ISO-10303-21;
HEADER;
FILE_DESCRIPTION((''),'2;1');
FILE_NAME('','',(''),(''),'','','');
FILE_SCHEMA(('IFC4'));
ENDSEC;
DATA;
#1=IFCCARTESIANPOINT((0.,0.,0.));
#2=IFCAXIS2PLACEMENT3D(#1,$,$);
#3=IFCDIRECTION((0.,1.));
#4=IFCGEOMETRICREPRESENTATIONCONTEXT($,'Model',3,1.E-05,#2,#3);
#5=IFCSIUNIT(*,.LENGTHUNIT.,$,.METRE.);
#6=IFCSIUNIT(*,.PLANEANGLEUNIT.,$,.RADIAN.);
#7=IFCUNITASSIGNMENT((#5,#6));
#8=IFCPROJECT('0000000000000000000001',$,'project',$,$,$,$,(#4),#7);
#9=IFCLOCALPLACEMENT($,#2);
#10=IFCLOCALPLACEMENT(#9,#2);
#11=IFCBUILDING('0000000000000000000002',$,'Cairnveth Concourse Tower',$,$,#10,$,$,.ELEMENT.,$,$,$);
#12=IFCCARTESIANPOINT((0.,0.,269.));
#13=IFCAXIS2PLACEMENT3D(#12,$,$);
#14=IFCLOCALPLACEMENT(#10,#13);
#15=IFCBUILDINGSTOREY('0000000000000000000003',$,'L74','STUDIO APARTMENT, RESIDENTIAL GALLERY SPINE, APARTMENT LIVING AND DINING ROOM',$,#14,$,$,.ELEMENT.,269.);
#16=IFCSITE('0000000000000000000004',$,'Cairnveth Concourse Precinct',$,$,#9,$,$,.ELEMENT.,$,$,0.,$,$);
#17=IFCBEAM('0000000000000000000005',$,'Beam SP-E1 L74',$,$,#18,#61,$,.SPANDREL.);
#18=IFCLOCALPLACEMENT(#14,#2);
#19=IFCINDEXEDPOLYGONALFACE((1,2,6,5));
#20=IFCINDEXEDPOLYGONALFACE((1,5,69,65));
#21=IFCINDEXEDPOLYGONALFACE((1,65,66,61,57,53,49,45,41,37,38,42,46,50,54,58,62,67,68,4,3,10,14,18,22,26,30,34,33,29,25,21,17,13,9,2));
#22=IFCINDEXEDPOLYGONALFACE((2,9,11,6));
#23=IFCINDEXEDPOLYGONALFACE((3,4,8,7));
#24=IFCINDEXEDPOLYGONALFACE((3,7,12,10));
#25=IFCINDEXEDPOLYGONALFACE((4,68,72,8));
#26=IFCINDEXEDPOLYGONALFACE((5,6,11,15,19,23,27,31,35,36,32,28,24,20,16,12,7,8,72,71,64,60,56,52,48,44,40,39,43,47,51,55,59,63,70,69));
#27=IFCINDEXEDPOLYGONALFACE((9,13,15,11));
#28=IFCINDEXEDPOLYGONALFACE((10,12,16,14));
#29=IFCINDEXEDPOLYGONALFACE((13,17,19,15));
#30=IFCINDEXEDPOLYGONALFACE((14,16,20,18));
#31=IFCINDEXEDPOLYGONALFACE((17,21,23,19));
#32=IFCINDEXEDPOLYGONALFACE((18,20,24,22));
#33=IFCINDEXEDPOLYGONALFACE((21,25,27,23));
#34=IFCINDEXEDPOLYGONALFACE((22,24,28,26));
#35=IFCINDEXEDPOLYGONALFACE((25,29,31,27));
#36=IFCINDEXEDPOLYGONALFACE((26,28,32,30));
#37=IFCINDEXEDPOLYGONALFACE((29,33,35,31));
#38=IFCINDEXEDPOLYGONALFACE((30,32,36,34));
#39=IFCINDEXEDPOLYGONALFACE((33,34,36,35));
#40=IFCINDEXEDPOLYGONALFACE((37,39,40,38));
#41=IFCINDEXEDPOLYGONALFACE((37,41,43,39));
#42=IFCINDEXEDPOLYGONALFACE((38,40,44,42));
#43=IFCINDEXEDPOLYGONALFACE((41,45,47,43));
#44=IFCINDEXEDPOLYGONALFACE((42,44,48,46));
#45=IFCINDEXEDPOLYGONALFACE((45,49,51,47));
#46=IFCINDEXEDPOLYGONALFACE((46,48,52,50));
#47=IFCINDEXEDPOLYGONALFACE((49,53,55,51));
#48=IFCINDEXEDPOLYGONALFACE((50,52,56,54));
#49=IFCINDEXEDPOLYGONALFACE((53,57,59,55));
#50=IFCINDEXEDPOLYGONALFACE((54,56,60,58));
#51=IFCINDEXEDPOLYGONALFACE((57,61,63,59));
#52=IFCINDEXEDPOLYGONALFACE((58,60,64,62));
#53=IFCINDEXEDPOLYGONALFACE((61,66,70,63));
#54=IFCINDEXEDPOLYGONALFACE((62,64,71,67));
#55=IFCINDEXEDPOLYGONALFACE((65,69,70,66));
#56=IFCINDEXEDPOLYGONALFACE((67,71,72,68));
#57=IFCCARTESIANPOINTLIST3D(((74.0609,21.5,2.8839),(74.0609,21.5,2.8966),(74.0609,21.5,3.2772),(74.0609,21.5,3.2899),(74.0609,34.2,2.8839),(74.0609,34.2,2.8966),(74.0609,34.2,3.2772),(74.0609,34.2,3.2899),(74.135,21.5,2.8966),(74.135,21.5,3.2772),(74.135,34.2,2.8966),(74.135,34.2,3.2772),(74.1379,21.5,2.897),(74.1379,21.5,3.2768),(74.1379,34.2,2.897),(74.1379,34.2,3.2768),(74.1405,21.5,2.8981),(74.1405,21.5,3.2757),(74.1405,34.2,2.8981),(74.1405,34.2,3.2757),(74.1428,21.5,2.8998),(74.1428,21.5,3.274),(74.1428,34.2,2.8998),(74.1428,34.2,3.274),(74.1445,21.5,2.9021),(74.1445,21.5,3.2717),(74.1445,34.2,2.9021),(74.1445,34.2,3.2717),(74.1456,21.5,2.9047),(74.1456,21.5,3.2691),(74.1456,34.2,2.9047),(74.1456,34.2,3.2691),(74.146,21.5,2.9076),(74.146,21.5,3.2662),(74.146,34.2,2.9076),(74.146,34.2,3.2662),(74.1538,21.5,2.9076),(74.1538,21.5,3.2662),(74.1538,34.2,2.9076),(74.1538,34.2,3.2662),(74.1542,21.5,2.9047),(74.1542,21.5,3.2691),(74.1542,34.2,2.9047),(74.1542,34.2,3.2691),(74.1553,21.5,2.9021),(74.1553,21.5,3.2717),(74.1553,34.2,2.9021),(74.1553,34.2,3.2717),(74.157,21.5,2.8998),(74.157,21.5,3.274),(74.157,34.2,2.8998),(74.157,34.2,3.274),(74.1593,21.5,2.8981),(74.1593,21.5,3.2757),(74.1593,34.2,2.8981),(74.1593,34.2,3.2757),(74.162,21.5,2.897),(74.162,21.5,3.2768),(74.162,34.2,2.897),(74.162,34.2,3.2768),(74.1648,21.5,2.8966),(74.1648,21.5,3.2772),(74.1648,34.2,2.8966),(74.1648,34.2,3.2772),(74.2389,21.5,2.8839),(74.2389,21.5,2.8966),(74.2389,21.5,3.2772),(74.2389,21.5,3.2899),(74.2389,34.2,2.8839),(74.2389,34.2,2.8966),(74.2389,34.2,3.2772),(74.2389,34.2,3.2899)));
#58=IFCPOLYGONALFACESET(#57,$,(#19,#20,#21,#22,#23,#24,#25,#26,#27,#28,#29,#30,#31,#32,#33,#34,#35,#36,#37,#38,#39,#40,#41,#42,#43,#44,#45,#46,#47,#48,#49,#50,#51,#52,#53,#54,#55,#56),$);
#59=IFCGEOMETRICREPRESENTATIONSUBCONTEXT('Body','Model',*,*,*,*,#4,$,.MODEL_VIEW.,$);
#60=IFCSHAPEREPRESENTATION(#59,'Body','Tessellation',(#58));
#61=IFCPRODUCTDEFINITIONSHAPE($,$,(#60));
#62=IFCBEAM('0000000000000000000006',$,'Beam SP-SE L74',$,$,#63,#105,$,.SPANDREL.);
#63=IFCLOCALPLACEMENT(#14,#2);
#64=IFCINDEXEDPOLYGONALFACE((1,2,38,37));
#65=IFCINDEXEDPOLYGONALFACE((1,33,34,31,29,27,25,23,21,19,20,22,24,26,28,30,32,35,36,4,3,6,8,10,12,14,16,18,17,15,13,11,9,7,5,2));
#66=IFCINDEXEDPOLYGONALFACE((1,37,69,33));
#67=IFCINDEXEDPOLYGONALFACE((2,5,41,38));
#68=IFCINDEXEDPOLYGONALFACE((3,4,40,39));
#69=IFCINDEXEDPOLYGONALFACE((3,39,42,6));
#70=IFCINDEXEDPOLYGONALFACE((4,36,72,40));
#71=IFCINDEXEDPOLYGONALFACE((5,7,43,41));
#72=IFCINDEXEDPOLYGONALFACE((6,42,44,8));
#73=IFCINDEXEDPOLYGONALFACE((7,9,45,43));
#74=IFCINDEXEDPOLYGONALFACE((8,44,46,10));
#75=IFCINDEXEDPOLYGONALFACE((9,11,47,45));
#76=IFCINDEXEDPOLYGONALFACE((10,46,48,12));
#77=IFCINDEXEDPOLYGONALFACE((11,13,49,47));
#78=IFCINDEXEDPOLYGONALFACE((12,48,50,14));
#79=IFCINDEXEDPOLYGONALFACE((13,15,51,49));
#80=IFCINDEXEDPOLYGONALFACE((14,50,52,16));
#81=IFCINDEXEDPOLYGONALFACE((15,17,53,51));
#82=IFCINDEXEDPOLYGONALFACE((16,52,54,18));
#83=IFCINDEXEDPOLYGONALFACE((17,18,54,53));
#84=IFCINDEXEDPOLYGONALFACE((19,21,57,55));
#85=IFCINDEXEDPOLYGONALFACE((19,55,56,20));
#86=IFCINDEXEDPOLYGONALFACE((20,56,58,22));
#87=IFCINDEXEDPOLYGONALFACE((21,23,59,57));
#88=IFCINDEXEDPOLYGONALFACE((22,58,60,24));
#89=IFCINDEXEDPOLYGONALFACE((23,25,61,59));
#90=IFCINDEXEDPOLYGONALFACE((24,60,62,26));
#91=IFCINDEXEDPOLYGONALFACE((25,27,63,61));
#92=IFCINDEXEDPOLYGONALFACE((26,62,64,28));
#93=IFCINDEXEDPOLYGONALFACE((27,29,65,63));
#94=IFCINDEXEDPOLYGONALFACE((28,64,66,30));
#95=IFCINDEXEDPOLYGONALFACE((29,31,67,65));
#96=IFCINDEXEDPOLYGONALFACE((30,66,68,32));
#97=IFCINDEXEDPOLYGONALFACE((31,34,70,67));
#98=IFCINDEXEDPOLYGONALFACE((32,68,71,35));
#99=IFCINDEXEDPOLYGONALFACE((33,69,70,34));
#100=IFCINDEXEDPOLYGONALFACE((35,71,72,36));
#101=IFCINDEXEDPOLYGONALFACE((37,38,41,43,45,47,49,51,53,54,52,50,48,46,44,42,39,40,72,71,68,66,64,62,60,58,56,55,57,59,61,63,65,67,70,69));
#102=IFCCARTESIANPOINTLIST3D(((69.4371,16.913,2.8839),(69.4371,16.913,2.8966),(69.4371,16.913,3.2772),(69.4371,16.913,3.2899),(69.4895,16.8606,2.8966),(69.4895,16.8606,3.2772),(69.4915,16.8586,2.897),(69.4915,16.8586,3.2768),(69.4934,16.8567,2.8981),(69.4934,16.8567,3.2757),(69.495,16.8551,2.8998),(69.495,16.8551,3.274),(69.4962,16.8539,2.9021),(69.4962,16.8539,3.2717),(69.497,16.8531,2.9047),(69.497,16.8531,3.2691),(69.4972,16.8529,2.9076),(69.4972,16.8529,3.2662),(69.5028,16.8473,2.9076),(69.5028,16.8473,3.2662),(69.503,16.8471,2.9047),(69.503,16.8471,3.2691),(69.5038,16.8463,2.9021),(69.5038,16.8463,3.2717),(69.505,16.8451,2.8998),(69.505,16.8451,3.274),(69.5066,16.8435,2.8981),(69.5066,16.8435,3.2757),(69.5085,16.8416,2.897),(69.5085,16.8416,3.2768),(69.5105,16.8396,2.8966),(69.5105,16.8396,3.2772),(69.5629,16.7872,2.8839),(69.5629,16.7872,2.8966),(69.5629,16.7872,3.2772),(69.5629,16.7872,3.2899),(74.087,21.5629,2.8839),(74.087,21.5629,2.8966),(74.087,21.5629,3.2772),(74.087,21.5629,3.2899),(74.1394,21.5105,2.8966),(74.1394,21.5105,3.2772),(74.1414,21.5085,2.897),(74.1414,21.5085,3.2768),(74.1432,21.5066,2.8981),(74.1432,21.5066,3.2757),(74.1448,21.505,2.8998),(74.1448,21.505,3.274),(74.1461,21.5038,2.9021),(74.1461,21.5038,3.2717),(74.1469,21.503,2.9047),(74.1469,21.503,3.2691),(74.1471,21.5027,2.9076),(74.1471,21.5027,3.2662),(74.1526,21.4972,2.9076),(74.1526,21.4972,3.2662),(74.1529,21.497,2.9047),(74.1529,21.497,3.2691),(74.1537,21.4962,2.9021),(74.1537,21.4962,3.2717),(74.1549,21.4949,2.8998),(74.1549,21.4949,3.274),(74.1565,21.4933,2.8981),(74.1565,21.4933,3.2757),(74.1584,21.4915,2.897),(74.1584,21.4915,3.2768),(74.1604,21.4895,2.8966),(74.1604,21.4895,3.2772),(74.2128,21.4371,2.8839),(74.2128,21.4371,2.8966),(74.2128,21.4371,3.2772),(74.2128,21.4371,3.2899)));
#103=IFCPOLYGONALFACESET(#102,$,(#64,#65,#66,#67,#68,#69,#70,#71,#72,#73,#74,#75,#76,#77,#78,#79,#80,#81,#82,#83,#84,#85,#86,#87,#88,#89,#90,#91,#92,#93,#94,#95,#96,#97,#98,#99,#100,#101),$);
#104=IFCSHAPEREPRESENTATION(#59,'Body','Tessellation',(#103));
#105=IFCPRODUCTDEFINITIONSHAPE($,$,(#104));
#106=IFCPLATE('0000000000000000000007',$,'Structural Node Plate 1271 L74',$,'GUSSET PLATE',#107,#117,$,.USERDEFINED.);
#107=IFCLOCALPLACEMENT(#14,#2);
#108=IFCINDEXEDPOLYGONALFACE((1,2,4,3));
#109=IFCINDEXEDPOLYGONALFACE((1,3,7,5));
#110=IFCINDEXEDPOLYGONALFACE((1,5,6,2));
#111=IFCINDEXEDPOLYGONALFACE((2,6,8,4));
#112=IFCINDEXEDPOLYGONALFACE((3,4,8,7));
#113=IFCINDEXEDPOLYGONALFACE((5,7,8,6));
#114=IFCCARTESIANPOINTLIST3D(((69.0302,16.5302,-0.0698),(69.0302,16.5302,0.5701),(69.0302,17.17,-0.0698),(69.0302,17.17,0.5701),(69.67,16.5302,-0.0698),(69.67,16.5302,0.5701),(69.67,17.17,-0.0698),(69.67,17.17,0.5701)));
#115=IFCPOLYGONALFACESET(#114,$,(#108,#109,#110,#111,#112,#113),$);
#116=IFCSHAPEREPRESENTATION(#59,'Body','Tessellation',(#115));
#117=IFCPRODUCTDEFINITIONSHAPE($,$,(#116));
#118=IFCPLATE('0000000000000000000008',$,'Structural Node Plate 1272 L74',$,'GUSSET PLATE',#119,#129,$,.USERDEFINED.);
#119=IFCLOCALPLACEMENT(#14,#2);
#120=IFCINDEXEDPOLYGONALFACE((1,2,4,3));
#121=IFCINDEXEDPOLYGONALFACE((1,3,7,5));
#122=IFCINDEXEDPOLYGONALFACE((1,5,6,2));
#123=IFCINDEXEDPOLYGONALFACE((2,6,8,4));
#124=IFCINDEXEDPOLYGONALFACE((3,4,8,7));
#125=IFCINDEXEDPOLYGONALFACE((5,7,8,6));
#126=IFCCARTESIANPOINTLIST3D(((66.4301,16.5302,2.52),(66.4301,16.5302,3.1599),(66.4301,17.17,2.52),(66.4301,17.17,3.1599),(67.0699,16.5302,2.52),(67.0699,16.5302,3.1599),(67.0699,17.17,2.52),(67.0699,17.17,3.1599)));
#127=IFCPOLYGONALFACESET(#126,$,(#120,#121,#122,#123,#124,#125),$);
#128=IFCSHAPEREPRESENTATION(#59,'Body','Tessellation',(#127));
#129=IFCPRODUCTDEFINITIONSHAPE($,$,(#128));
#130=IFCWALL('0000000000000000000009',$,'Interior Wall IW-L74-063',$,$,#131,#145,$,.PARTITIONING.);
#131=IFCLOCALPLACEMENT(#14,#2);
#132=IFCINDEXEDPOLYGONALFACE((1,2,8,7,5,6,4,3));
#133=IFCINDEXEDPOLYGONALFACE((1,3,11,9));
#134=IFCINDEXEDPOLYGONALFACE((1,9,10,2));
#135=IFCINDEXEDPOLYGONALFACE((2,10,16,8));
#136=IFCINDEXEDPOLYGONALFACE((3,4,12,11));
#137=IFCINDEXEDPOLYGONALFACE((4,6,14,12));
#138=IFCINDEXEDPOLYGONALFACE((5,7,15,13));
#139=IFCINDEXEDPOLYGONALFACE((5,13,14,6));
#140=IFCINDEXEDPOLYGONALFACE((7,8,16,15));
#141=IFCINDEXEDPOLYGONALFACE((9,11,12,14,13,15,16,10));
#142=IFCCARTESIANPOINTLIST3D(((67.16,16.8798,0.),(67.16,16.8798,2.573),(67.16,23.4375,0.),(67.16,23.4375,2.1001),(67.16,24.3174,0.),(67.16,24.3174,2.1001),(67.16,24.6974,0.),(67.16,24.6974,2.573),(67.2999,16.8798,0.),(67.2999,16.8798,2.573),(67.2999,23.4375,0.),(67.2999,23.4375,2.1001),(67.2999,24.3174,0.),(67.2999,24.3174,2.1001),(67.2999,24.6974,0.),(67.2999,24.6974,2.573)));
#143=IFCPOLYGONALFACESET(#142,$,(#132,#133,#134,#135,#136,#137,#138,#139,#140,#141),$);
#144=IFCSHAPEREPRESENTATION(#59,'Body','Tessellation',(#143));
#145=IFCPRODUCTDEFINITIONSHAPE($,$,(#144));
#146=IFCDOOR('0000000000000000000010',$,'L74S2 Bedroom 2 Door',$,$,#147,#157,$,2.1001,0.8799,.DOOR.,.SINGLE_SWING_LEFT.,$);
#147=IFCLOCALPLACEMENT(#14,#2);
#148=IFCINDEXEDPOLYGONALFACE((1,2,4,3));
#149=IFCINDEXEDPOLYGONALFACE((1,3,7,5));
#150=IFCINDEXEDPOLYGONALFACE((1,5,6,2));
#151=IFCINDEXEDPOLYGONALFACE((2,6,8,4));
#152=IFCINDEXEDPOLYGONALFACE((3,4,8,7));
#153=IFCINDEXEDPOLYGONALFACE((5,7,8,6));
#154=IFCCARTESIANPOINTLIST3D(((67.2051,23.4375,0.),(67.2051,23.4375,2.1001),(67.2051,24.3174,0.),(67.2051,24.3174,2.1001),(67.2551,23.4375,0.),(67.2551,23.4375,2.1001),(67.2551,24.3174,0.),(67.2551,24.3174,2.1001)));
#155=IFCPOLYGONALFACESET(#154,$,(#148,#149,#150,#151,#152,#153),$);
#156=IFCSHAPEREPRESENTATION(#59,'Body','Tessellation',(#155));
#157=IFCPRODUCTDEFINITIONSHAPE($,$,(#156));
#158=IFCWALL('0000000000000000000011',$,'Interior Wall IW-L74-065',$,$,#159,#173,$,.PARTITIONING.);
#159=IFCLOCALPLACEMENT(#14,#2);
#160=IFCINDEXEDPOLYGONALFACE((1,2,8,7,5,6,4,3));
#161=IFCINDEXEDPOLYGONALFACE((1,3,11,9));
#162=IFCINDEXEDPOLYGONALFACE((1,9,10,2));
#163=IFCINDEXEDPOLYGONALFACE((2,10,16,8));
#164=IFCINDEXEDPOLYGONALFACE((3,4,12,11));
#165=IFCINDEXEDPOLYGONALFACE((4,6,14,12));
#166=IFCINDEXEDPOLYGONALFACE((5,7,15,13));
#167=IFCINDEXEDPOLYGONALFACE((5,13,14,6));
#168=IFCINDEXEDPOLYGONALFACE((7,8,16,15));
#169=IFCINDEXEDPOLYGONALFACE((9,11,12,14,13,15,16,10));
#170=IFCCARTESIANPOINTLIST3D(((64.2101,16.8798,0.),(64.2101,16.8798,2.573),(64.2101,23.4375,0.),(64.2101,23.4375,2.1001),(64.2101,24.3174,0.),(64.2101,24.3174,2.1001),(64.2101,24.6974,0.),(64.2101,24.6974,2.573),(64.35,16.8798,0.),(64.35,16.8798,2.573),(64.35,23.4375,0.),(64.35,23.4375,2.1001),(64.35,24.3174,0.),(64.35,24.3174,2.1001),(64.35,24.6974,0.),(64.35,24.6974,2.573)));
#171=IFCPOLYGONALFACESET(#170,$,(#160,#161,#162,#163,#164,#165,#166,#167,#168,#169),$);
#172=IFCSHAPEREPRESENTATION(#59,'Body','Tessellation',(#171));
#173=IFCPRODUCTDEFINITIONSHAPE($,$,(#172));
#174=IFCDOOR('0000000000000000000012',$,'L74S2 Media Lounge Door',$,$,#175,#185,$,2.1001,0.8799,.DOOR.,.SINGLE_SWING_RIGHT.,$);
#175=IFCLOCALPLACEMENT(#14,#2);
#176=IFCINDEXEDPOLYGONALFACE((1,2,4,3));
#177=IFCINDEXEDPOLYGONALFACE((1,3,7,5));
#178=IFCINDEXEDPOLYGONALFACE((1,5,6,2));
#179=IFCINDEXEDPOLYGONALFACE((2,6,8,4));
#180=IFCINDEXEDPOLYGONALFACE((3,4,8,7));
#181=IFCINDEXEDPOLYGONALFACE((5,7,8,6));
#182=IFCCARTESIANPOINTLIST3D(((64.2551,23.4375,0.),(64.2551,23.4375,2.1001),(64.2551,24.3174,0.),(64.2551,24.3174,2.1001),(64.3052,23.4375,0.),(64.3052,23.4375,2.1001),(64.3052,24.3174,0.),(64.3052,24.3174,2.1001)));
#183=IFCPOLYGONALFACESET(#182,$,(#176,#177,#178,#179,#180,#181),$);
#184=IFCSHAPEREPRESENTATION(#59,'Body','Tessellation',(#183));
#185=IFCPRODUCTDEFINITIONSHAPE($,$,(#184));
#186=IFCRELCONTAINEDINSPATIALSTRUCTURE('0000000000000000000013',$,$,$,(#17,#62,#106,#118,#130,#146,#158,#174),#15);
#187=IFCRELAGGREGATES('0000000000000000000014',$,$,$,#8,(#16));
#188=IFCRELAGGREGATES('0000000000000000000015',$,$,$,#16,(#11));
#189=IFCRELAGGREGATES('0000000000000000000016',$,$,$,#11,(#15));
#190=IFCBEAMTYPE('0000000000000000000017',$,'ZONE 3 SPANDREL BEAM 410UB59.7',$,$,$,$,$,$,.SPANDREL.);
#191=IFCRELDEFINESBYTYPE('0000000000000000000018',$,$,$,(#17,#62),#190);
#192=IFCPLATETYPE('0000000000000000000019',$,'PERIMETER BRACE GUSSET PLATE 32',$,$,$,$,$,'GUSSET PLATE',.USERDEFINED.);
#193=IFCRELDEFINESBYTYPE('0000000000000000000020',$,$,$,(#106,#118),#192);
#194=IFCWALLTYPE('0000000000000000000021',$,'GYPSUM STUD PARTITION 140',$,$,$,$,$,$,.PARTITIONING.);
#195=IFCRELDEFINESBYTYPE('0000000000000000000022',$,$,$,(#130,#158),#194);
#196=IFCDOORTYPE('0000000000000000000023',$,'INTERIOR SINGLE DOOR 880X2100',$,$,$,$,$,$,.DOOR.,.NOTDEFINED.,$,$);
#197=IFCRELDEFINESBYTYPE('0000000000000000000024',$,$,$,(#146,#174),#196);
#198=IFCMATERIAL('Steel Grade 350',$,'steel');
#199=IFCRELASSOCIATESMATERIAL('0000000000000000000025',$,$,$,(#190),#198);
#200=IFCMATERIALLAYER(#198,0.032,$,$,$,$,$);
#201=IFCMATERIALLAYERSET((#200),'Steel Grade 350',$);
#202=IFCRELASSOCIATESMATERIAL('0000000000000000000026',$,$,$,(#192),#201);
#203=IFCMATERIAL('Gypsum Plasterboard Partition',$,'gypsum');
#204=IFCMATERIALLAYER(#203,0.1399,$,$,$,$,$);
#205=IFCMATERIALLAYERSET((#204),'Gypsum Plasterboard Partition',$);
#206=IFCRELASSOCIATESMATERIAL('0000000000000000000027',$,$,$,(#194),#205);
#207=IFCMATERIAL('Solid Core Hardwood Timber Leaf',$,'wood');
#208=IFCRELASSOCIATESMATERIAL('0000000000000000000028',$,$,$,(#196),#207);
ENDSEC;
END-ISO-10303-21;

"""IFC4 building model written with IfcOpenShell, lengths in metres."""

from ifc_helpers import new_model, si_unit, direction, frame, frame_2d, origin, origin_2d, place, context, subcontext, project, spatial, rectangle, i_section, extrude, material, layer, layer_set, material_profile, profile_set, type_object, element, fill, save


model = new_model("IFC4")

# Units and contexts
model_context = context("Model", 3, precision=1e-05, world=origin(), true_north=direction((0.0, 1.0)))
body_context = subcontext(model_context, "Body", "Model", "MODEL_VIEW")
ifc_project = project(units=[si_unit("LENGTHUNIT", "METRE"), si_unit("PLANEANGLEUNIT", "RADIAN")], contexts=[model_context])

# Site, building, storey
site_placement = place(None, origin())
site = spatial("IfcSite", under=ifc_project, at=site_placement, Name="Cairnveth Concourse Precinct", CompositionType="ELEMENT", RefElevation=0.0)
building_placement = place(site_placement, origin())
building = spatial("IfcBuilding", under=site, at=building_placement, Name="Cairnveth Concourse Tower", CompositionType="ELEMENT")
storey_placement = place(building_placement, frame((0.0, 0.0, 269.0)))
storey = spatial("IfcBuildingStorey", under=building, at=storey_placement, Name="L74", Description="STUDIO APARTMENT, RESIDENTIAL GALLERY SPINE, APARTMENT LIVING AND DINING ROOM", CompositionType="ELEMENT", Elevation=269.0)

# Shared definitions
ifc_material_1 = material(Name="Steel Grade 350", Category="steel")

# Beams
ifc_material_profile_1 = material_profile(ifc_material_1, i_section(OverallWidth=0.178, OverallDepth=0.406, WebThickness=0.0078, FlangeThickness=0.0127, FilletRadius=0.011, at=origin_2d()), Name="410UB59.7")
ifc_profile_set_1 = profile_set([ifc_material_profile_1], Name="Steel Grade 350")
beam_type_1 = type_object("IfcBeamType", Name="ZONE 3 SPANDREL BEAM 410UB59.7", PredefinedType="SPANDREL", material=ifc_profile_set_1)
beam_1_placement = place(storey_placement, frame((74.1499, 21.5, 3.0869), z_axis=(0.0, 1.0, 0.0), x_axis=(-1.0, 0.0, 0.0)))
element("IfcBeam", 1, at=beam_1_placement, inside=storey, type_object=beam_type_1, Name="Beam SP-E1 L74", PredefinedType="SPANDREL", context=body_context, shape_type="SweptSolid", body=[
    extrude(i_section(OverallWidth=0.178, OverallDepth=0.406, WebThickness=0.0078, FlangeThickness=0.0127, FilletRadius=0.011, at=origin_2d()), origin(), (0.0, 0.0, 1.0), 12.7),
])
beam_2_placement = place(storey_placement, frame((69.5, 16.8501, 3.0869), z_axis=(0.707107, 0.707107, 0.0), x_axis=(-0.707107, 0.707107, 0.0)))
element("IfcBeam", 2, at=beam_2_placement, inside=storey, type_object=beam_type_1, Name="Beam SP-SE L74", PredefinedType="SPANDREL", context=body_context, shape_type="SweptSolid", body=[
    extrude(i_section(OverallWidth=0.178, OverallDepth=0.406, WebThickness=0.0078, FlangeThickness=0.0127, FilletRadius=0.011, at=origin_2d()), origin(), (0.0, 0.0, 1.0), 6.5759),
])

# Plates
ifc_layer_1 = layer(ifc_material_1, 0.032)
ifc_layer_set_1 = layer_set([ifc_layer_1], Name="Steel Grade 350")
plate_type = type_object("IfcPlateType", Name="PERIMETER BRACE GUSSET PLATE 32", ElementType="GUSSET PLATE", PredefinedType="USERDEFINED", material=ifc_layer_set_1)
for number, where, z_axis, x_axis, name in (
    (3, (69.3501, 16.8501, -0.0698), (0.0, 0.0, 1.0), (1.0, 0.0, 0.0), "Structural Node Plate 1271 L74"),
    (4, (66.75, 16.8501, 2.52), (0.0, 0.0, 1.0), (1.0, 0.0, 0.0), "Structural Node Plate 1272 L74"),
):
    element("IfcPlate", number, at=place(storey_placement, frame(where, z_axis=z_axis, x_axis=x_axis)), inside=storey, type_object=plate_type, Name=name, ObjectType="GUSSET PLATE", PredefinedType="USERDEFINED", context=body_context, shape_type="SweptSolid", body=[
        extrude(rectangle(XDim=0.6399, YDim=0.6399, at=origin_2d()), origin(), (0.0, 0.0, 1.0), 0.6399),
    ])

# Walls, openings, doors
ifc_material_2 = material(Name="Gypsum Plasterboard Partition", Category="gypsum")
ifc_layer_2 = layer(ifc_material_2, 0.1399)
ifc_layer_set_2 = layer_set([ifc_layer_2], Name="Gypsum Plasterboard Partition")
wall_type_1 = type_object("IfcWallType", Name="GYPSUM STUD PARTITION 140", PredefinedType="PARTITIONING", material=ifc_layer_set_2)
wall_1_placement = place(storey_placement, frame((67.23, 16.8799, 0.0), z_axis=(0.0, 0.0, 1.0), x_axis=(0.0, 1.0, 0.0)))
wall_1 = element("IfcWall", 5, at=wall_1_placement, inside=storey, type_object=wall_type_1, Name="Interior Wall IW-L74-063", PredefinedType="PARTITIONING", context=body_context, shape_type="SweptSolid", body=[
    extrude(rectangle(XDim=7.8176, YDim=0.1399, at=frame_2d((3.9087, 0.0))), origin(), (0.0, 0.0, 1.0), 2.573),
])
opening_1_placement = place(wall_1_placement, frame((6.5576, 0.0, 0.0)))
opening_1 = element("IfcOpeningElement", 6, at=opening_1_placement, cuts=wall_1, PredefinedType="OPENING", context=body_context, shape_type="SweptSolid", body=[
    extrude(rectangle(XDim=0.8799, YDim=2.1001, at=frame_2d((0.4399, 1.05))), frame((0.0, 0.0798, 0.0), z_axis=(0.0, -1.0, 0.0), x_axis=(1.0, 0.0, 0.0)), (0.0, 0.0, 1.0), 0.1599),
])
ifc_material_3 = material(Name="Solid Core Hardwood Timber Leaf", Category="wood")
door_type = type_object("IfcDoorType", Name="INTERIOR SINGLE DOOR 880X2100", OperationType="NOTDEFINED", PredefinedType="DOOR", material=ifc_material_3)
door_1_placement = place(opening_1_placement, origin())
door_1 = element("IfcDoor", 7, at=door_1_placement, inside=storey, type_object=door_type, Name="L74S2 Bedroom 2 Door", OperationType="SINGLE_SWING_LEFT", OverallHeight=2.1001, OverallWidth=0.8799, PredefinedType="DOOR", context=body_context, shape_type="SweptSolid", body=[
    extrude(rectangle(XDim=0.8799, YDim=2.1001, at=frame_2d((0.4399, 1.05))), frame((0.0, 0.0249, 0.0), z_axis=(0.0, -1.0, 0.0), x_axis=(1.0, 0.0, 0.0)), (0.0, 0.0, 1.0), 0.05),
])
fill(opening_1, door_1)
wall_2_placement = place(storey_placement, frame((64.28, 16.8799, 0.0), z_axis=(0.0, 0.0, 1.0), x_axis=(0.0, 1.0, 0.0)))
wall_2 = element("IfcWall", 8, at=wall_2_placement, inside=storey, type_object=wall_type_1, Name="Interior Wall IW-L74-065", PredefinedType="PARTITIONING", context=body_context, shape_type="SweptSolid", body=[
    extrude(rectangle(XDim=7.8176, YDim=0.1399, at=frame_2d((3.9087, 0.0))), origin(), (0.0, 0.0, 1.0), 2.573),
])
opening_2_placement = place(wall_2_placement, frame((6.5576, 0.0, 0.0)))
opening_2 = element("IfcOpeningElement", 9, at=opening_2_placement, cuts=wall_2, PredefinedType="OPENING", context=body_context, shape_type="SweptSolid", body=[
    extrude(rectangle(XDim=0.8799, YDim=2.1001, at=frame_2d((0.4399, 1.05))), frame((0.0, 0.0798, 0.0), z_axis=(0.0, -1.0, 0.0), x_axis=(1.0, 0.0, 0.0)), (0.0, 0.0, 1.0), 0.1599),
])
door_2_placement = place(opening_2_placement, origin())
door_2 = element("IfcDoor", 10, at=door_2_placement, inside=storey, type_object=door_type, Name="L74S2 Media Lounge Door", OperationType="SINGLE_SWING_RIGHT", OverallHeight=2.1001, OverallWidth=0.8799, PredefinedType="DOOR", context=body_context, shape_type="SweptSolid", body=[
    extrude(rectangle(XDim=0.8799, YDim=2.1001, at=frame_2d((0.4399, 1.05))), frame((0.0, 0.0249, 0.0), z_axis=(0.0, -1.0, 0.0), x_axis=(1.0, 0.0, 0.0)), (0.0, 0.0, 1.0), 0.05),
])
fill(opening_2, door_2)

save(model, "model.ifc")
